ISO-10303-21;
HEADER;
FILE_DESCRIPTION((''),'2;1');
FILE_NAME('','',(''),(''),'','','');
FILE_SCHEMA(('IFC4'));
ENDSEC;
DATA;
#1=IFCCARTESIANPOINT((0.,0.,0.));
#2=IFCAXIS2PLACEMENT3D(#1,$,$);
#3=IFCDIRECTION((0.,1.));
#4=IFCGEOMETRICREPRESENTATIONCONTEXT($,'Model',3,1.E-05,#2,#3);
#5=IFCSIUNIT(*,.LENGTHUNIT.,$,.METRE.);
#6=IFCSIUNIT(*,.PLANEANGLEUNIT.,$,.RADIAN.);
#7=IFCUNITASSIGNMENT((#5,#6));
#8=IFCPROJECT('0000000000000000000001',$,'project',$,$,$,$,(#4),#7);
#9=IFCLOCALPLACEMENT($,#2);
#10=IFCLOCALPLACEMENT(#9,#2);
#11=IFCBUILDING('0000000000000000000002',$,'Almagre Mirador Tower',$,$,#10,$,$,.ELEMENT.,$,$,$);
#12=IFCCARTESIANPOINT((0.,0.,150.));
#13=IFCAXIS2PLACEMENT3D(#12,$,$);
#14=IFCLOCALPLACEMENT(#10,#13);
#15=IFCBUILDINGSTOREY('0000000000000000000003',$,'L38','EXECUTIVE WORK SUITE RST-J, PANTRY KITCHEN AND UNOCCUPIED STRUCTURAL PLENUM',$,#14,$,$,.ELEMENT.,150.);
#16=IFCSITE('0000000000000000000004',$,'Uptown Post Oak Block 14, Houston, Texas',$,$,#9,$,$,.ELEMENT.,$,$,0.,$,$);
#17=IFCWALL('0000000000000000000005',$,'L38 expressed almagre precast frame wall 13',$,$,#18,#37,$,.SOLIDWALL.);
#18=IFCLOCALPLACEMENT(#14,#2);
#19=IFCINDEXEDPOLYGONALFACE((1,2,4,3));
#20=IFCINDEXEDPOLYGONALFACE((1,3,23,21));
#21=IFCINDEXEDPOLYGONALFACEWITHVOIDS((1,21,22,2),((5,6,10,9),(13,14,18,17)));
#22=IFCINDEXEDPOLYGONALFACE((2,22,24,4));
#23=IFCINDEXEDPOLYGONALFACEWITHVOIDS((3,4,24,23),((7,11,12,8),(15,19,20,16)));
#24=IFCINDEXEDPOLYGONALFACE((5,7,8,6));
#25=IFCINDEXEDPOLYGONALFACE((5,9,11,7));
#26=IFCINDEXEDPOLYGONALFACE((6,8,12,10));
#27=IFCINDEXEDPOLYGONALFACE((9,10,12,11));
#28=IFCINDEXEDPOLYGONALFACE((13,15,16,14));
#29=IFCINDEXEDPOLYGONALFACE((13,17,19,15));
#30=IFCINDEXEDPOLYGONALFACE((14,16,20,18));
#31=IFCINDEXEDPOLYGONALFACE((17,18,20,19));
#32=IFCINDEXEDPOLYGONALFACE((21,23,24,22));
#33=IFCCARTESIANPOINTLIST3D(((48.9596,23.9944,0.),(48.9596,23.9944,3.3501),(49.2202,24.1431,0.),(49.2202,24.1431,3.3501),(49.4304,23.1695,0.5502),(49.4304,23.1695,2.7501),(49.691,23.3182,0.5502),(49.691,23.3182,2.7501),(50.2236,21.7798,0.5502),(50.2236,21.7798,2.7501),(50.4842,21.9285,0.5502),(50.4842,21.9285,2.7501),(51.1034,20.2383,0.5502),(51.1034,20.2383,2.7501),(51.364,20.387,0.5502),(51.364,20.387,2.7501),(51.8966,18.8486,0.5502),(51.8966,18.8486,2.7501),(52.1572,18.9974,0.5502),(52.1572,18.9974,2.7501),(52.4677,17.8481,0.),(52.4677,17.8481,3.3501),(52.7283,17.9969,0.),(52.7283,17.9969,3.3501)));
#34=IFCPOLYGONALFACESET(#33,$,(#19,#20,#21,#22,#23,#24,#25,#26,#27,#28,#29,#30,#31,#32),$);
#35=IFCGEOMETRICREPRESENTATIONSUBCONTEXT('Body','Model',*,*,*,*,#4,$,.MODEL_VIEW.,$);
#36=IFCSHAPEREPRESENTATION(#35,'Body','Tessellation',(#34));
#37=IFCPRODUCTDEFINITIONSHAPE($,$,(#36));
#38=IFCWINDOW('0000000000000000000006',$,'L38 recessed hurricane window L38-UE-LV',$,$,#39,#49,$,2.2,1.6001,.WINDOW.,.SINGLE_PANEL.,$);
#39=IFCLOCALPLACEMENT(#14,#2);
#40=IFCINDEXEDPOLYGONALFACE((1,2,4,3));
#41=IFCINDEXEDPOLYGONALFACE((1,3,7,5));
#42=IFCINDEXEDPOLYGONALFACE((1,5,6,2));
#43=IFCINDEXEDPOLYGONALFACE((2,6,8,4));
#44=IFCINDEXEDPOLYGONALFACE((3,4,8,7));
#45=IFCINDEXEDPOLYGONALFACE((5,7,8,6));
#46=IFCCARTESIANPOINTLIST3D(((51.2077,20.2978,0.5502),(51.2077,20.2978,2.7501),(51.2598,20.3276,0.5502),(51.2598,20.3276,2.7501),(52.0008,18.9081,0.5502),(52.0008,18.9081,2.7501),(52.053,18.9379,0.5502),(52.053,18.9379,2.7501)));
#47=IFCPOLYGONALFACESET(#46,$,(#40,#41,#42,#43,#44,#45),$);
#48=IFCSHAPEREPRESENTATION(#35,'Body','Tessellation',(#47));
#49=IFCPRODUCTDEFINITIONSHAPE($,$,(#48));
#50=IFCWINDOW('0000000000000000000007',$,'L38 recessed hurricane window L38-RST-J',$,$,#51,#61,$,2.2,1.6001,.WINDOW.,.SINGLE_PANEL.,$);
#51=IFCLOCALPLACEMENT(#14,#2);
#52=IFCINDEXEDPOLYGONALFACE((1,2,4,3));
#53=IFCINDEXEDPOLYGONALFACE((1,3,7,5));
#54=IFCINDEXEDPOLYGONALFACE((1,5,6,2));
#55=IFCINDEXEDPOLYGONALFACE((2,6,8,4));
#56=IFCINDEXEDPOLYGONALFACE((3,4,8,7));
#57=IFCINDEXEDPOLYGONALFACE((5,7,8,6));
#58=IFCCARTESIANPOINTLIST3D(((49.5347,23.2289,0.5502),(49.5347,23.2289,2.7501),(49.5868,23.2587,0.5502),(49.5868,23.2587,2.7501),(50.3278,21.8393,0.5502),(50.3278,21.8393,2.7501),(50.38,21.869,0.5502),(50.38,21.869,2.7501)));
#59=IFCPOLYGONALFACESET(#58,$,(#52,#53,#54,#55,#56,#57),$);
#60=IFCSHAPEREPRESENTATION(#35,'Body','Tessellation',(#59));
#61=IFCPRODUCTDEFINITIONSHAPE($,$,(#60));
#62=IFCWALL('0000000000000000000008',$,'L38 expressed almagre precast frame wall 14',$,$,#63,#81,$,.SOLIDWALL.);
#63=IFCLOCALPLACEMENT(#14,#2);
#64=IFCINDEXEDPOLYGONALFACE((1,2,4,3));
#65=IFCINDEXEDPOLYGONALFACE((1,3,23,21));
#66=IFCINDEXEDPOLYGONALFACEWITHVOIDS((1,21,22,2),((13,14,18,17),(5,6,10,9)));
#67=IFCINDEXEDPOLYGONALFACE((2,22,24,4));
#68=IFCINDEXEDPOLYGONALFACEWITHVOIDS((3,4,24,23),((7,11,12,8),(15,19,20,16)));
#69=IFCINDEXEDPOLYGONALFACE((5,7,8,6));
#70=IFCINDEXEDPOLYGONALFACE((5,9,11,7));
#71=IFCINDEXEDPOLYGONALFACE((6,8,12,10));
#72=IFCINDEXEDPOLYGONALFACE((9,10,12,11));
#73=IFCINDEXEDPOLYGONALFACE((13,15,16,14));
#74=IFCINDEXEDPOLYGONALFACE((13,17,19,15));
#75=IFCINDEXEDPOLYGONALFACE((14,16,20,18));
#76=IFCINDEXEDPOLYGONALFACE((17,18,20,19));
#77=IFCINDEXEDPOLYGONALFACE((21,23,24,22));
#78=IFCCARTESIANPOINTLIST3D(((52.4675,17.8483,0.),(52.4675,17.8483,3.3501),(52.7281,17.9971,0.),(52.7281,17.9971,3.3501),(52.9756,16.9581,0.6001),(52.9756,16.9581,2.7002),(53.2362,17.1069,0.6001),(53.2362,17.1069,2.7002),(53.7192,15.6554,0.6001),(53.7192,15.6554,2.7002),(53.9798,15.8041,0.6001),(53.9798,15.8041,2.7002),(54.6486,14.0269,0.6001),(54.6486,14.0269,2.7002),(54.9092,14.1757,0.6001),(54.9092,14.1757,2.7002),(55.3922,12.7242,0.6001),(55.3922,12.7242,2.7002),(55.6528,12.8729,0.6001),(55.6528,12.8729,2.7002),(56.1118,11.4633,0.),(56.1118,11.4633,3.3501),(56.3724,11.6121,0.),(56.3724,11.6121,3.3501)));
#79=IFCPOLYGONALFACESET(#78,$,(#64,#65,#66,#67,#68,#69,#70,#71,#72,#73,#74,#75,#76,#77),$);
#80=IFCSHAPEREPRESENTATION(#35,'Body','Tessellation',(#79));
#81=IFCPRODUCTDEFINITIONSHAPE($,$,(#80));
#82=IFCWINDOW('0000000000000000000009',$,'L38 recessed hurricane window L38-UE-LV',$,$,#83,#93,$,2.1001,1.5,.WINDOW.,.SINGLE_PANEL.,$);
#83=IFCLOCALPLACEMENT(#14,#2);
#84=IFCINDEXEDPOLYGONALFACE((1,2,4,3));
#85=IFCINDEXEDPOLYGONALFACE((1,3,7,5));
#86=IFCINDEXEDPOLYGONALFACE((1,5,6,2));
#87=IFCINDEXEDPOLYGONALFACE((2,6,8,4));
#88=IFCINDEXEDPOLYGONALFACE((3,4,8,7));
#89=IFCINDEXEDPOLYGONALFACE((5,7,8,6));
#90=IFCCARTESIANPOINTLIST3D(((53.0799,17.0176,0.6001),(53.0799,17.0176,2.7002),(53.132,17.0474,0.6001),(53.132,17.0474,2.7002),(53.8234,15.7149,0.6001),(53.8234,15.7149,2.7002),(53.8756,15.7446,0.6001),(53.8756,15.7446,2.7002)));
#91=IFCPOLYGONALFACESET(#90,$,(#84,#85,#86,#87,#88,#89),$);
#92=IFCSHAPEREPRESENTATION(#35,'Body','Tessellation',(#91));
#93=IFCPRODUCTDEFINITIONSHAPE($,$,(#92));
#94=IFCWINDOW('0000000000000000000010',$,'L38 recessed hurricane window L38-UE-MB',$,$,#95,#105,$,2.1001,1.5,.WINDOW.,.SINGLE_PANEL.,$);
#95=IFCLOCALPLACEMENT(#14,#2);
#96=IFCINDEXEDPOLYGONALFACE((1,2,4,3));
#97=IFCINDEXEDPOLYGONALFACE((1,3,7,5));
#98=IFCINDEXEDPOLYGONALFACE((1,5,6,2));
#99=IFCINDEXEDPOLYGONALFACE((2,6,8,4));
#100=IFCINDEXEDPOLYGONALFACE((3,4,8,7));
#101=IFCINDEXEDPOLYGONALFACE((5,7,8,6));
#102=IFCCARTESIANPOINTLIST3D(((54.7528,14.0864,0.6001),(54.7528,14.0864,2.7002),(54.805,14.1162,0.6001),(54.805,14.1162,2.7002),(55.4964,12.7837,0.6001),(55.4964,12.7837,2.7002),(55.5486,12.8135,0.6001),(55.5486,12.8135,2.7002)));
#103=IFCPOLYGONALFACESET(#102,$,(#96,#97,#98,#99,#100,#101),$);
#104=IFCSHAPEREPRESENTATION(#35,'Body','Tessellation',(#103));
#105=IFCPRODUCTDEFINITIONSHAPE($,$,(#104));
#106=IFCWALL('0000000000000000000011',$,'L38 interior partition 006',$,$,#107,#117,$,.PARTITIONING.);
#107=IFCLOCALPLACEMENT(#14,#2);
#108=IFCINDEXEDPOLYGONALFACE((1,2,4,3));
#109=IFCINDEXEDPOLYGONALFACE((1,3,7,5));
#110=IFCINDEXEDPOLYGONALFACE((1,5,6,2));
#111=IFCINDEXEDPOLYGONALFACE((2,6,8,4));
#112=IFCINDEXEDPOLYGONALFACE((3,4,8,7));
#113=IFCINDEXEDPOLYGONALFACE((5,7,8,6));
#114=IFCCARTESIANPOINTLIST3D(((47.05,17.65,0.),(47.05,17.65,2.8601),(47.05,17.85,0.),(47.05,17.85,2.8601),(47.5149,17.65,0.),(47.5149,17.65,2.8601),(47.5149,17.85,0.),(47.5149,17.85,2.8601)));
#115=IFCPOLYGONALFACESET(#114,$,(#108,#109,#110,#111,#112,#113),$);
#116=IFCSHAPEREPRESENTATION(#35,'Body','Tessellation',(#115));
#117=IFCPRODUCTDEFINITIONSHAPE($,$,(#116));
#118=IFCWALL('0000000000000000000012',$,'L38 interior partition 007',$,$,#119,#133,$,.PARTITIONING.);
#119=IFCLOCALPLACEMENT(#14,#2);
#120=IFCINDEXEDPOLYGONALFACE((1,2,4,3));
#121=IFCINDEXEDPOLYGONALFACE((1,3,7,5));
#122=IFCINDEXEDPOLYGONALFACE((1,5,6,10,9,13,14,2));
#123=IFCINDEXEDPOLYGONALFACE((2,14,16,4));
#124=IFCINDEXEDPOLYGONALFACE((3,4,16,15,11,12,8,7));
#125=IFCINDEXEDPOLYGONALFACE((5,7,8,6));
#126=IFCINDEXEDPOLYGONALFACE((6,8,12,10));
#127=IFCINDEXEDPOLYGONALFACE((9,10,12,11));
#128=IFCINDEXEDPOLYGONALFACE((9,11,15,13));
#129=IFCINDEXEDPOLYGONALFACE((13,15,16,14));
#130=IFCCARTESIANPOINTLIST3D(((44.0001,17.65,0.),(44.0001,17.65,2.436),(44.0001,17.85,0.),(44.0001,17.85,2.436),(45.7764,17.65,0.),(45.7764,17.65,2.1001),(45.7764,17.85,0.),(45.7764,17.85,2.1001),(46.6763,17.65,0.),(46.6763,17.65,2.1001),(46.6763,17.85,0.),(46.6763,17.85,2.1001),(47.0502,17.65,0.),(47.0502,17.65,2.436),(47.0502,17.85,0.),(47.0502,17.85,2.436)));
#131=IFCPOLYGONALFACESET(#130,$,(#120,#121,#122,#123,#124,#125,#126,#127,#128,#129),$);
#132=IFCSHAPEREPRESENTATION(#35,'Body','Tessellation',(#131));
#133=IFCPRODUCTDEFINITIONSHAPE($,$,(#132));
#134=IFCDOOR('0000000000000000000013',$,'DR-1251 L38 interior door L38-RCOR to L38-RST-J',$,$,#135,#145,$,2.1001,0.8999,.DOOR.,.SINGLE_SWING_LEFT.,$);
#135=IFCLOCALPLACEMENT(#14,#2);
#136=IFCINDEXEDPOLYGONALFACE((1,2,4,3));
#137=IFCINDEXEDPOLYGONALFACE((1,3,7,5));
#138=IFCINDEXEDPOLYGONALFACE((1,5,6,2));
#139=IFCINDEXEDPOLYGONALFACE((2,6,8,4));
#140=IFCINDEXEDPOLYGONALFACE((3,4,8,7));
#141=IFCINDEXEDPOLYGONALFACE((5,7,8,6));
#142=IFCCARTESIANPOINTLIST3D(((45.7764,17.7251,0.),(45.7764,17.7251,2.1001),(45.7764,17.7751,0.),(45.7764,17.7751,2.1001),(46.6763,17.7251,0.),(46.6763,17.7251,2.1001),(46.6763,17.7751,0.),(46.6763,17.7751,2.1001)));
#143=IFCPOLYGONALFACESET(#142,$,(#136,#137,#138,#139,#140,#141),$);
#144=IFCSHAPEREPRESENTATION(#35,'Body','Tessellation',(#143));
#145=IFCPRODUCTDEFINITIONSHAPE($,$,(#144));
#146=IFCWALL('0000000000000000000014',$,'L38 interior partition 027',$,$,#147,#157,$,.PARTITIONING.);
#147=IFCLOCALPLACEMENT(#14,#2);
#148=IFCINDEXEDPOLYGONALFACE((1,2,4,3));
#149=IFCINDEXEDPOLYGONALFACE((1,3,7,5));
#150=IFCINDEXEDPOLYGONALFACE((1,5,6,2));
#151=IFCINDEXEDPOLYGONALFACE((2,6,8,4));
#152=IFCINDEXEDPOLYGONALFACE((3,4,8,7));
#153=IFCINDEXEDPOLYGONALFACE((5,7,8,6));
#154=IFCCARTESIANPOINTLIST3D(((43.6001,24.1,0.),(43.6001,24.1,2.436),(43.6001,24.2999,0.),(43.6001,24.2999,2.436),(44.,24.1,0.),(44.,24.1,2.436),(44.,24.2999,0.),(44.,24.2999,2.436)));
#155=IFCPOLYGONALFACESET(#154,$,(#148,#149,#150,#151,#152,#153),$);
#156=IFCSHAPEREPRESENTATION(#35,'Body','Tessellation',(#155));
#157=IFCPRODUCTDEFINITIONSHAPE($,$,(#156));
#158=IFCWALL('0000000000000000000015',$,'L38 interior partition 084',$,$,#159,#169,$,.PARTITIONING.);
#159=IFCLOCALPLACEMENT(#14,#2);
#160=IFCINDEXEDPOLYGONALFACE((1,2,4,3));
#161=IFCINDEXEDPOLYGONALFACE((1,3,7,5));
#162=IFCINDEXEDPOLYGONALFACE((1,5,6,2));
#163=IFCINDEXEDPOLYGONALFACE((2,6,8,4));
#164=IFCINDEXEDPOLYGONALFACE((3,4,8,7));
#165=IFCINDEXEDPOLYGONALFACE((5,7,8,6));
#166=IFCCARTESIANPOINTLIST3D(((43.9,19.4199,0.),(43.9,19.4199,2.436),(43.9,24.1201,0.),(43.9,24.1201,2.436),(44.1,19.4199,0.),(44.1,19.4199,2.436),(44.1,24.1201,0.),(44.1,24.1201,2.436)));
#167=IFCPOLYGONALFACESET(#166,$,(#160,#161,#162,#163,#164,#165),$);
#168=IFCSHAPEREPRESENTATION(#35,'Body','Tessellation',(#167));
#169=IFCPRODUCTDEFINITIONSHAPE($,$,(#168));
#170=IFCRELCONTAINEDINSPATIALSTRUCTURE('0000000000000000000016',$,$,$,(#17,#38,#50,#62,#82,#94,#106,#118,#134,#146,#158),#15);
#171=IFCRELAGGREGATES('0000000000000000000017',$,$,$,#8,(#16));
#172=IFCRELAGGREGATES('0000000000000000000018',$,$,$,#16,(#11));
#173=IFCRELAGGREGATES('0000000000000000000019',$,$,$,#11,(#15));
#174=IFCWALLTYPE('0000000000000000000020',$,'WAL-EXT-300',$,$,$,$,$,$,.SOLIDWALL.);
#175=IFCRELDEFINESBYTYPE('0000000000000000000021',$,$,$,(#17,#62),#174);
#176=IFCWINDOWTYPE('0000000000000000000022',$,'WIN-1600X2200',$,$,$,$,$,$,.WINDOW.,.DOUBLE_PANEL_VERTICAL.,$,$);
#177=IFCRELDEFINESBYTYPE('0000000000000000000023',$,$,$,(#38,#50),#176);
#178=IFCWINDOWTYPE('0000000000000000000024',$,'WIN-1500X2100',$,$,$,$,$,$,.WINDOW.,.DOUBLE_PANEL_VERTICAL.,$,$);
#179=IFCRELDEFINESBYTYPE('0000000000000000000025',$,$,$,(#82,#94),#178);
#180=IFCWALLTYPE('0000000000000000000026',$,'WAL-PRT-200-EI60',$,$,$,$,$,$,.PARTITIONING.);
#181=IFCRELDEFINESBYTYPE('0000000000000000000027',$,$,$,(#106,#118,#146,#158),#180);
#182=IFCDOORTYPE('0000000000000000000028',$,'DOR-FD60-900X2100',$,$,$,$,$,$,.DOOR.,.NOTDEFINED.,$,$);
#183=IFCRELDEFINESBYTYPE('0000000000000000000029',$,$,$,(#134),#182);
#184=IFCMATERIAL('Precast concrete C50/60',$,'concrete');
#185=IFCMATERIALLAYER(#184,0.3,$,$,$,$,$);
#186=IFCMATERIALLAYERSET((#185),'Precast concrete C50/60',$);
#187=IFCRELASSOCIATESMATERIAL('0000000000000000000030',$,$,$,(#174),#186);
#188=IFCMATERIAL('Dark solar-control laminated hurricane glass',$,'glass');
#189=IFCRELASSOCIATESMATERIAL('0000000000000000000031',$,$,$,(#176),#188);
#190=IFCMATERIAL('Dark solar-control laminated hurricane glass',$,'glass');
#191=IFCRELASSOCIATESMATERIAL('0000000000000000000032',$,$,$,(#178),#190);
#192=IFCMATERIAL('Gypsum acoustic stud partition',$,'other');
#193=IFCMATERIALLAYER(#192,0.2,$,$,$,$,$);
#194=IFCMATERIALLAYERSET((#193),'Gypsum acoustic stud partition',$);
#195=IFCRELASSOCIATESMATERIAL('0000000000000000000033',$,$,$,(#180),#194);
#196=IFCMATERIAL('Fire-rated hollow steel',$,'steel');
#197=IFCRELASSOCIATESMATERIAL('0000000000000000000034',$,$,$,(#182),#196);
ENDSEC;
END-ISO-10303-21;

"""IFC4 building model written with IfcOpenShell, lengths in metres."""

from ifc_helpers import new_model, si_unit, direction, frame, frame_2d, origin, place, context, subcontext, project, spatial, rectangle, extrude, material, layer, layer_set, type_object, element, fill, save


model = new_model("IFC4")

# Units and contexts
model_context = context("Model", 3, precision=1e-05, world=origin(), true_north=direction((0.0, 1.0)))
body_context = subcontext(model_context, "Body", "Model", "MODEL_VIEW")
ifc_project = project(units=[si_unit("LENGTHUNIT", "METRE"), si_unit("PLANEANGLEUNIT", "RADIAN")], contexts=[model_context])

# Site, building, storey
site_placement = place(None, origin())
site = spatial("IfcSite", under=ifc_project, at=site_placement, Name="Uptown Post Oak Block 14, Houston, Texas", CompositionType="ELEMENT", RefElevation=0.0)
building_placement = place(site_placement, origin())
building = spatial("IfcBuilding", under=site, at=building_placement, Name="Almagre Mirador Tower", CompositionType="ELEMENT")
storey_placement = place(building_placement, frame((0.0, 0.0, 150.0)))
storey = spatial("IfcBuildingStorey", under=building, at=storey_placement, Name="L38", Description="EXECUTIVE WORK SUITE RST-J, PANTRY KITCHEN AND UNOCCUPIED STRUCTURAL PLENUM", CompositionType="ELEMENT", Elevation=150.0)

# Shared definitions
ifc_material_1 = material(Name="Precast concrete C50/60", Category="concrete")
ifc_layer_1 = layer(ifc_material_1, 0.3)
ifc_layer_set_1 = layer_set([ifc_layer_1], Name="Precast concrete C50/60")
wall_type_1 = type_object("IfcWallType", Name="WAL-EXT-300", PredefinedType="SOLIDWALL", material=ifc_layer_set_1)

# Walls, openings, windows
wall_1_placement = place(storey_placement, frame((49.0898, 24.0688, 0.0), z_axis=(0.0, 0.0, 1.0), x_axis=(0.495704, -0.868491, 0.0)))
wall_1 = element("IfcWall", 1, at=wall_1_placement, inside=storey, type_object=wall_type_1, Name="L38 expressed almagre precast frame wall 13", PredefinedType="SOLIDWALL", context=body_context, shape_type="SweptSolid", body=[
    extrude(rectangle(XDim=7.0769, YDim=0.3, at=frame_2d((3.5386, 0.0))), origin(), (0.0, 0.0, 1.0), 3.3501),
])
opening_1_placement = place(wall_1_placement, frame((4.325, 0.0, 0.55)))
opening_1 = element("IfcOpeningElement", 2, at=opening_1_placement, cuts=wall_1, PredefinedType="OPENING", context=body_context, shape_type="SweptSolid", body=[
    extrude(rectangle(XDim=1.6001, YDim=2.2, at=frame_2d((0.8, 1.1001))), frame((0.0, 0.1599, 0.0), z_axis=(0.0, -1.0, 0.0), x_axis=(1.0, 0.0, 0.0)), (0.0, 0.0, 1.0), 0.32),
])
opening_2_placement = place(wall_1_placement, frame((0.95, 0.0, 0.55)))
opening_2 = element("IfcOpeningElement", 3, at=opening_2_placement, cuts=wall_1, PredefinedType="OPENING", context=body_context, shape_type="SweptSolid", body=[
    extrude(rectangle(XDim=1.6001, YDim=2.2, at=frame_2d((0.8, 1.1001))), frame((0.0, 0.1599, 0.0), z_axis=(0.0, -1.0, 0.0), x_axis=(1.0, 0.0, 0.0)), (0.0, 0.0, 1.0), 0.32),
])
ifc_material_2 = material(Name="Dark solar-control laminated hurricane glass", Category="glass")
window_type_1 = type_object("IfcWindowType", Name="WIN-1600X2200", PartitioningType="DOUBLE_PANEL_VERTICAL", PredefinedType="WINDOW", material=ifc_material_2)
window_1_placement = place(opening_1_placement, origin())
window_1 = element("IfcWindow", 4, at=window_1_placement, inside=storey, type_object=window_type_1, Name="L38 recessed hurricane window L38-UE-LV", OverallHeight=2.2, OverallWidth=1.6001, PartitioningType="SINGLE_PANEL", PredefinedType="WINDOW", context=body_context, shape_type="SweptSolid", body=[
    extrude(rectangle(XDim=1.6001, YDim=2.2, at=frame_2d((0.8, 1.1001))), frame((0.0, 0.03, 0.0), z_axis=(0.0, -1.0, 0.0), x_axis=(1.0, 0.0, 0.0)), (0.0, 0.0, 1.0), 0.0601),
])
fill(opening_1, window_1)
window_2_placement = place(opening_2_placement, origin())
window_2 = element("IfcWindow", 5, at=window_2_placement, inside=storey, type_object=window_type_1, Name="L38 recessed hurricane window L38-RST-J", OverallHeight=2.2, OverallWidth=1.6001, PartitioningType="SINGLE_PANEL", PredefinedType="WINDOW", context=body_context, shape_type="SweptSolid", body=[
    extrude(rectangle(XDim=1.6001, YDim=2.2, at=frame_2d((0.8, 1.1001))), frame((0.0, 0.03, 0.0), z_axis=(0.0, -1.0, 0.0), x_axis=(1.0, 0.0, 0.0)), (0.0, 0.0, 1.0), 0.0601),
])
fill(opening_2, window_2)
wall_2_placement = place(storey_placement, frame((52.5979, 17.9226, 0.0), z_axis=(0.0, 0.0, 1.0), x_axis=(0.495699, -0.868494, 0.0)))
wall_2 = element("IfcWall", 6, at=wall_2_placement, inside=storey, type_object=wall_type_1, Name="L38 expressed almagre precast frame wall 14", PredefinedType="SOLIDWALL", context=body_context, shape_type="SweptSolid", body=[
    extrude(rectangle(XDim=7.3518, YDim=0.3, at=frame_2d((3.6758, 0.0))), origin(), (0.0, 0.0, 1.0), 3.3501),
])
opening_3_placement = place(wall_2_placement, frame((1.0249, 0.0, 0.6001)))
opening_3 = element("IfcOpeningElement", 7, at=opening_3_placement, cuts=wall_2, PredefinedType="OPENING", context=body_context, shape_type="SweptSolid", body=[
    extrude(rectangle(XDim=1.5, YDim=2.1001, at=frame_2d((0.75, 1.05))), frame((0.0, 0.1599, 0.0), z_axis=(0.0, -1.0, 0.0), x_axis=(1.0, 0.0, 0.0)), (0.0, 0.0, 1.0), 0.32),
])
opening_4_placement = place(wall_2_placement, frame((4.3999, 0.0, 0.6001)))
opening_4 = element("IfcOpeningElement", 8, at=opening_4_placement, cuts=wall_2, PredefinedType="OPENING", context=body_context, shape_type="SweptSolid", body=[
    extrude(rectangle(XDim=1.5, YDim=2.1001, at=frame_2d((0.75, 1.05))), frame((0.0, 0.1599, 0.0), z_axis=(0.0, -1.0, 0.0), x_axis=(1.0, 0.0, 0.0)), (0.0, 0.0, 1.0), 0.32),
])
ifc_material_3 = material(Name="Dark solar-control laminated hurricane glass", Category="glass")
window_type_2 = type_object("IfcWindowType", Name="WIN-1500X2100", PartitioningType="DOUBLE_PANEL_VERTICAL", PredefinedType="WINDOW", material=ifc_material_3)
window_3_placement = place(opening_3_placement, origin())
window_3 = element("IfcWindow", 9, at=window_3_placement, inside=storey, type_object=window_type_2, Name="L38 recessed hurricane window L38-UE-LV", OverallHeight=2.1001, OverallWidth=1.5, PartitioningType="SINGLE_PANEL", PredefinedType="WINDOW", context=body_context, shape_type="SweptSolid", body=[
    extrude(rectangle(XDim=1.5, YDim=2.1001, at=frame_2d((0.75, 1.05))), frame((0.0, 0.03, 0.0), z_axis=(0.0, -1.0, 0.0), x_axis=(1.0, 0.0, 0.0)), (0.0, 0.0, 1.0), 0.0601),
])
fill(opening_3, window_3)
window_4_placement = place(opening_4_placement, origin())
window_4 = element("IfcWindow", 10, at=window_4_placement, inside=storey, type_object=window_type_2, Name="L38 recessed hurricane window L38-UE-MB", OverallHeight=2.1001, OverallWidth=1.5, PartitioningType="SINGLE_PANEL", PredefinedType="WINDOW", context=body_context, shape_type="SweptSolid", body=[
    extrude(rectangle(XDim=1.5, YDim=2.1001, at=frame_2d((0.75, 1.05))), frame((0.0, 0.03, 0.0), z_axis=(0.0, -1.0, 0.0), x_axis=(1.0, 0.0, 0.0)), (0.0, 0.0, 1.0), 0.0601),
])
fill(opening_4, window_4)

# Wall
ifc_material_4 = material(Name="Gypsum acoustic stud partition", Category="other")
ifc_layer_2 = layer(ifc_material_4, 0.2)
ifc_layer_set_2 = layer_set([ifc_layer_2], Name="Gypsum acoustic stud partition")
wall_type_2 = type_object("IfcWallType", Name="WAL-PRT-200-EI60", PredefinedType="PARTITIONING", material=ifc_layer_set_2)
wall_3_placement = place(storey_placement, frame((47.5149, 17.75, 0.0), z_axis=(0.0, 0.0, 1.0), x_axis=(-1.0, 0.0, 0.0)))
element("IfcWall", 11, at=wall_3_placement, inside=storey, type_object=wall_type_2, Name="L38 interior partition 006", PredefinedType="PARTITIONING", context=body_context, shape_type="SweptSolid", body=[
    extrude(rectangle(XDim=0.4648, YDim=0.2, at=frame_2d((0.2324, 0.0))), origin(), (0.0, 0.0, 1.0), 2.8601),
])

# Wall, opening, door
wall_4_placement = place(storey_placement, frame((47.05, 17.75, 0.0), z_axis=(0.0, 0.0, 1.0), x_axis=(-1.0, 0.0, 0.0)))
wall_4 = element("IfcWall", 12, at=wall_4_placement, inside=storey, type_object=wall_type_2, Name="L38 interior partition 007", PredefinedType="PARTITIONING", context=body_context, shape_type="SweptSolid", body=[
    extrude(rectangle(XDim=3.05, YDim=0.2, at=frame_2d((1.5249, 0.0))), origin(), (0.0, 0.0, 1.0), 2.436),
])
opening_5_placement = place(wall_4_placement, frame((0.3738, 0.0, 0.0)))
opening_5 = element("IfcOpeningElement", 13, at=opening_5_placement, cuts=wall_4, PredefinedType="OPENING", context=body_context, shape_type="SweptSolid", body=[
    extrude(rectangle(XDim=0.8999, YDim=2.1001, at=frame_2d((0.45, 1.05))), frame((0.0, 0.1101, 0.0), z_axis=(0.0, -1.0, 0.0), x_axis=(1.0, 0.0, 0.0)), (0.0, 0.0, 1.0), 0.22),
])
ifc_material_5 = material(Name="Fire-rated hollow steel", Category="steel")
door_type = type_object("IfcDoorType", Name="DOR-FD60-900X2100", OperationType="NOTDEFINED", PredefinedType="DOOR", material=ifc_material_5)
door_placement = place(opening_5_placement, origin())
door = element("IfcDoor", 14, at=door_placement, inside=storey, type_object=door_type, Name="DR-1251 L38 interior door L38-RCOR to L38-RST-J", OperationType="SINGLE_SWING_LEFT", OverallHeight=2.1001, OverallWidth=0.8999, PredefinedType="DOOR", context=body_context, shape_type="SweptSolid", body=[
    extrude(rectangle(XDim=0.8999, YDim=2.1001, at=frame_2d((0.45, 1.05))), frame((0.0, 0.0249, 0.0), z_axis=(0.0, -1.0, 0.0), x_axis=(1.0, 0.0, 0.0)), (0.0, 0.0, 1.0), 0.05),
])
fill(opening_5, door)

# Walls
wall_5_placement = place(storey_placement, frame((44.0, 24.2, 0.0), z_axis=(0.0, 0.0, 1.0), x_axis=(-1.0, 0.0, 0.0)))
element("IfcWall", 15, at=wall_5_placement, inside=storey, type_object=wall_type_2, Name="L38 interior partition 027", PredefinedType="PARTITIONING", context=body_context, shape_type="SweptSolid", body=[
    extrude(rectangle(XDim=0.3999, YDim=0.2, at=frame_2d((0.2, 0.0))), origin(), (0.0, 0.0, 1.0), 2.436),
])
wall_6_placement = place(storey_placement, frame((44.0, 19.4199, 0.0), z_axis=(0.0, 0.0, 1.0), x_axis=(0.0, 1.0, 0.0)))
element("IfcWall", 16, at=wall_6_placement, inside=storey, type_object=wall_type_2, Name="L38 interior partition 084", PredefinedType="PARTITIONING", context=body_context, shape_type="SweptSolid", body=[
    extrude(rectangle(XDim=4.7002, YDim=0.2, at=frame_2d((2.3501, 0.0))), origin(), (0.0, 0.0, 1.0), 2.436),
])

save(model, "model.ifc")
